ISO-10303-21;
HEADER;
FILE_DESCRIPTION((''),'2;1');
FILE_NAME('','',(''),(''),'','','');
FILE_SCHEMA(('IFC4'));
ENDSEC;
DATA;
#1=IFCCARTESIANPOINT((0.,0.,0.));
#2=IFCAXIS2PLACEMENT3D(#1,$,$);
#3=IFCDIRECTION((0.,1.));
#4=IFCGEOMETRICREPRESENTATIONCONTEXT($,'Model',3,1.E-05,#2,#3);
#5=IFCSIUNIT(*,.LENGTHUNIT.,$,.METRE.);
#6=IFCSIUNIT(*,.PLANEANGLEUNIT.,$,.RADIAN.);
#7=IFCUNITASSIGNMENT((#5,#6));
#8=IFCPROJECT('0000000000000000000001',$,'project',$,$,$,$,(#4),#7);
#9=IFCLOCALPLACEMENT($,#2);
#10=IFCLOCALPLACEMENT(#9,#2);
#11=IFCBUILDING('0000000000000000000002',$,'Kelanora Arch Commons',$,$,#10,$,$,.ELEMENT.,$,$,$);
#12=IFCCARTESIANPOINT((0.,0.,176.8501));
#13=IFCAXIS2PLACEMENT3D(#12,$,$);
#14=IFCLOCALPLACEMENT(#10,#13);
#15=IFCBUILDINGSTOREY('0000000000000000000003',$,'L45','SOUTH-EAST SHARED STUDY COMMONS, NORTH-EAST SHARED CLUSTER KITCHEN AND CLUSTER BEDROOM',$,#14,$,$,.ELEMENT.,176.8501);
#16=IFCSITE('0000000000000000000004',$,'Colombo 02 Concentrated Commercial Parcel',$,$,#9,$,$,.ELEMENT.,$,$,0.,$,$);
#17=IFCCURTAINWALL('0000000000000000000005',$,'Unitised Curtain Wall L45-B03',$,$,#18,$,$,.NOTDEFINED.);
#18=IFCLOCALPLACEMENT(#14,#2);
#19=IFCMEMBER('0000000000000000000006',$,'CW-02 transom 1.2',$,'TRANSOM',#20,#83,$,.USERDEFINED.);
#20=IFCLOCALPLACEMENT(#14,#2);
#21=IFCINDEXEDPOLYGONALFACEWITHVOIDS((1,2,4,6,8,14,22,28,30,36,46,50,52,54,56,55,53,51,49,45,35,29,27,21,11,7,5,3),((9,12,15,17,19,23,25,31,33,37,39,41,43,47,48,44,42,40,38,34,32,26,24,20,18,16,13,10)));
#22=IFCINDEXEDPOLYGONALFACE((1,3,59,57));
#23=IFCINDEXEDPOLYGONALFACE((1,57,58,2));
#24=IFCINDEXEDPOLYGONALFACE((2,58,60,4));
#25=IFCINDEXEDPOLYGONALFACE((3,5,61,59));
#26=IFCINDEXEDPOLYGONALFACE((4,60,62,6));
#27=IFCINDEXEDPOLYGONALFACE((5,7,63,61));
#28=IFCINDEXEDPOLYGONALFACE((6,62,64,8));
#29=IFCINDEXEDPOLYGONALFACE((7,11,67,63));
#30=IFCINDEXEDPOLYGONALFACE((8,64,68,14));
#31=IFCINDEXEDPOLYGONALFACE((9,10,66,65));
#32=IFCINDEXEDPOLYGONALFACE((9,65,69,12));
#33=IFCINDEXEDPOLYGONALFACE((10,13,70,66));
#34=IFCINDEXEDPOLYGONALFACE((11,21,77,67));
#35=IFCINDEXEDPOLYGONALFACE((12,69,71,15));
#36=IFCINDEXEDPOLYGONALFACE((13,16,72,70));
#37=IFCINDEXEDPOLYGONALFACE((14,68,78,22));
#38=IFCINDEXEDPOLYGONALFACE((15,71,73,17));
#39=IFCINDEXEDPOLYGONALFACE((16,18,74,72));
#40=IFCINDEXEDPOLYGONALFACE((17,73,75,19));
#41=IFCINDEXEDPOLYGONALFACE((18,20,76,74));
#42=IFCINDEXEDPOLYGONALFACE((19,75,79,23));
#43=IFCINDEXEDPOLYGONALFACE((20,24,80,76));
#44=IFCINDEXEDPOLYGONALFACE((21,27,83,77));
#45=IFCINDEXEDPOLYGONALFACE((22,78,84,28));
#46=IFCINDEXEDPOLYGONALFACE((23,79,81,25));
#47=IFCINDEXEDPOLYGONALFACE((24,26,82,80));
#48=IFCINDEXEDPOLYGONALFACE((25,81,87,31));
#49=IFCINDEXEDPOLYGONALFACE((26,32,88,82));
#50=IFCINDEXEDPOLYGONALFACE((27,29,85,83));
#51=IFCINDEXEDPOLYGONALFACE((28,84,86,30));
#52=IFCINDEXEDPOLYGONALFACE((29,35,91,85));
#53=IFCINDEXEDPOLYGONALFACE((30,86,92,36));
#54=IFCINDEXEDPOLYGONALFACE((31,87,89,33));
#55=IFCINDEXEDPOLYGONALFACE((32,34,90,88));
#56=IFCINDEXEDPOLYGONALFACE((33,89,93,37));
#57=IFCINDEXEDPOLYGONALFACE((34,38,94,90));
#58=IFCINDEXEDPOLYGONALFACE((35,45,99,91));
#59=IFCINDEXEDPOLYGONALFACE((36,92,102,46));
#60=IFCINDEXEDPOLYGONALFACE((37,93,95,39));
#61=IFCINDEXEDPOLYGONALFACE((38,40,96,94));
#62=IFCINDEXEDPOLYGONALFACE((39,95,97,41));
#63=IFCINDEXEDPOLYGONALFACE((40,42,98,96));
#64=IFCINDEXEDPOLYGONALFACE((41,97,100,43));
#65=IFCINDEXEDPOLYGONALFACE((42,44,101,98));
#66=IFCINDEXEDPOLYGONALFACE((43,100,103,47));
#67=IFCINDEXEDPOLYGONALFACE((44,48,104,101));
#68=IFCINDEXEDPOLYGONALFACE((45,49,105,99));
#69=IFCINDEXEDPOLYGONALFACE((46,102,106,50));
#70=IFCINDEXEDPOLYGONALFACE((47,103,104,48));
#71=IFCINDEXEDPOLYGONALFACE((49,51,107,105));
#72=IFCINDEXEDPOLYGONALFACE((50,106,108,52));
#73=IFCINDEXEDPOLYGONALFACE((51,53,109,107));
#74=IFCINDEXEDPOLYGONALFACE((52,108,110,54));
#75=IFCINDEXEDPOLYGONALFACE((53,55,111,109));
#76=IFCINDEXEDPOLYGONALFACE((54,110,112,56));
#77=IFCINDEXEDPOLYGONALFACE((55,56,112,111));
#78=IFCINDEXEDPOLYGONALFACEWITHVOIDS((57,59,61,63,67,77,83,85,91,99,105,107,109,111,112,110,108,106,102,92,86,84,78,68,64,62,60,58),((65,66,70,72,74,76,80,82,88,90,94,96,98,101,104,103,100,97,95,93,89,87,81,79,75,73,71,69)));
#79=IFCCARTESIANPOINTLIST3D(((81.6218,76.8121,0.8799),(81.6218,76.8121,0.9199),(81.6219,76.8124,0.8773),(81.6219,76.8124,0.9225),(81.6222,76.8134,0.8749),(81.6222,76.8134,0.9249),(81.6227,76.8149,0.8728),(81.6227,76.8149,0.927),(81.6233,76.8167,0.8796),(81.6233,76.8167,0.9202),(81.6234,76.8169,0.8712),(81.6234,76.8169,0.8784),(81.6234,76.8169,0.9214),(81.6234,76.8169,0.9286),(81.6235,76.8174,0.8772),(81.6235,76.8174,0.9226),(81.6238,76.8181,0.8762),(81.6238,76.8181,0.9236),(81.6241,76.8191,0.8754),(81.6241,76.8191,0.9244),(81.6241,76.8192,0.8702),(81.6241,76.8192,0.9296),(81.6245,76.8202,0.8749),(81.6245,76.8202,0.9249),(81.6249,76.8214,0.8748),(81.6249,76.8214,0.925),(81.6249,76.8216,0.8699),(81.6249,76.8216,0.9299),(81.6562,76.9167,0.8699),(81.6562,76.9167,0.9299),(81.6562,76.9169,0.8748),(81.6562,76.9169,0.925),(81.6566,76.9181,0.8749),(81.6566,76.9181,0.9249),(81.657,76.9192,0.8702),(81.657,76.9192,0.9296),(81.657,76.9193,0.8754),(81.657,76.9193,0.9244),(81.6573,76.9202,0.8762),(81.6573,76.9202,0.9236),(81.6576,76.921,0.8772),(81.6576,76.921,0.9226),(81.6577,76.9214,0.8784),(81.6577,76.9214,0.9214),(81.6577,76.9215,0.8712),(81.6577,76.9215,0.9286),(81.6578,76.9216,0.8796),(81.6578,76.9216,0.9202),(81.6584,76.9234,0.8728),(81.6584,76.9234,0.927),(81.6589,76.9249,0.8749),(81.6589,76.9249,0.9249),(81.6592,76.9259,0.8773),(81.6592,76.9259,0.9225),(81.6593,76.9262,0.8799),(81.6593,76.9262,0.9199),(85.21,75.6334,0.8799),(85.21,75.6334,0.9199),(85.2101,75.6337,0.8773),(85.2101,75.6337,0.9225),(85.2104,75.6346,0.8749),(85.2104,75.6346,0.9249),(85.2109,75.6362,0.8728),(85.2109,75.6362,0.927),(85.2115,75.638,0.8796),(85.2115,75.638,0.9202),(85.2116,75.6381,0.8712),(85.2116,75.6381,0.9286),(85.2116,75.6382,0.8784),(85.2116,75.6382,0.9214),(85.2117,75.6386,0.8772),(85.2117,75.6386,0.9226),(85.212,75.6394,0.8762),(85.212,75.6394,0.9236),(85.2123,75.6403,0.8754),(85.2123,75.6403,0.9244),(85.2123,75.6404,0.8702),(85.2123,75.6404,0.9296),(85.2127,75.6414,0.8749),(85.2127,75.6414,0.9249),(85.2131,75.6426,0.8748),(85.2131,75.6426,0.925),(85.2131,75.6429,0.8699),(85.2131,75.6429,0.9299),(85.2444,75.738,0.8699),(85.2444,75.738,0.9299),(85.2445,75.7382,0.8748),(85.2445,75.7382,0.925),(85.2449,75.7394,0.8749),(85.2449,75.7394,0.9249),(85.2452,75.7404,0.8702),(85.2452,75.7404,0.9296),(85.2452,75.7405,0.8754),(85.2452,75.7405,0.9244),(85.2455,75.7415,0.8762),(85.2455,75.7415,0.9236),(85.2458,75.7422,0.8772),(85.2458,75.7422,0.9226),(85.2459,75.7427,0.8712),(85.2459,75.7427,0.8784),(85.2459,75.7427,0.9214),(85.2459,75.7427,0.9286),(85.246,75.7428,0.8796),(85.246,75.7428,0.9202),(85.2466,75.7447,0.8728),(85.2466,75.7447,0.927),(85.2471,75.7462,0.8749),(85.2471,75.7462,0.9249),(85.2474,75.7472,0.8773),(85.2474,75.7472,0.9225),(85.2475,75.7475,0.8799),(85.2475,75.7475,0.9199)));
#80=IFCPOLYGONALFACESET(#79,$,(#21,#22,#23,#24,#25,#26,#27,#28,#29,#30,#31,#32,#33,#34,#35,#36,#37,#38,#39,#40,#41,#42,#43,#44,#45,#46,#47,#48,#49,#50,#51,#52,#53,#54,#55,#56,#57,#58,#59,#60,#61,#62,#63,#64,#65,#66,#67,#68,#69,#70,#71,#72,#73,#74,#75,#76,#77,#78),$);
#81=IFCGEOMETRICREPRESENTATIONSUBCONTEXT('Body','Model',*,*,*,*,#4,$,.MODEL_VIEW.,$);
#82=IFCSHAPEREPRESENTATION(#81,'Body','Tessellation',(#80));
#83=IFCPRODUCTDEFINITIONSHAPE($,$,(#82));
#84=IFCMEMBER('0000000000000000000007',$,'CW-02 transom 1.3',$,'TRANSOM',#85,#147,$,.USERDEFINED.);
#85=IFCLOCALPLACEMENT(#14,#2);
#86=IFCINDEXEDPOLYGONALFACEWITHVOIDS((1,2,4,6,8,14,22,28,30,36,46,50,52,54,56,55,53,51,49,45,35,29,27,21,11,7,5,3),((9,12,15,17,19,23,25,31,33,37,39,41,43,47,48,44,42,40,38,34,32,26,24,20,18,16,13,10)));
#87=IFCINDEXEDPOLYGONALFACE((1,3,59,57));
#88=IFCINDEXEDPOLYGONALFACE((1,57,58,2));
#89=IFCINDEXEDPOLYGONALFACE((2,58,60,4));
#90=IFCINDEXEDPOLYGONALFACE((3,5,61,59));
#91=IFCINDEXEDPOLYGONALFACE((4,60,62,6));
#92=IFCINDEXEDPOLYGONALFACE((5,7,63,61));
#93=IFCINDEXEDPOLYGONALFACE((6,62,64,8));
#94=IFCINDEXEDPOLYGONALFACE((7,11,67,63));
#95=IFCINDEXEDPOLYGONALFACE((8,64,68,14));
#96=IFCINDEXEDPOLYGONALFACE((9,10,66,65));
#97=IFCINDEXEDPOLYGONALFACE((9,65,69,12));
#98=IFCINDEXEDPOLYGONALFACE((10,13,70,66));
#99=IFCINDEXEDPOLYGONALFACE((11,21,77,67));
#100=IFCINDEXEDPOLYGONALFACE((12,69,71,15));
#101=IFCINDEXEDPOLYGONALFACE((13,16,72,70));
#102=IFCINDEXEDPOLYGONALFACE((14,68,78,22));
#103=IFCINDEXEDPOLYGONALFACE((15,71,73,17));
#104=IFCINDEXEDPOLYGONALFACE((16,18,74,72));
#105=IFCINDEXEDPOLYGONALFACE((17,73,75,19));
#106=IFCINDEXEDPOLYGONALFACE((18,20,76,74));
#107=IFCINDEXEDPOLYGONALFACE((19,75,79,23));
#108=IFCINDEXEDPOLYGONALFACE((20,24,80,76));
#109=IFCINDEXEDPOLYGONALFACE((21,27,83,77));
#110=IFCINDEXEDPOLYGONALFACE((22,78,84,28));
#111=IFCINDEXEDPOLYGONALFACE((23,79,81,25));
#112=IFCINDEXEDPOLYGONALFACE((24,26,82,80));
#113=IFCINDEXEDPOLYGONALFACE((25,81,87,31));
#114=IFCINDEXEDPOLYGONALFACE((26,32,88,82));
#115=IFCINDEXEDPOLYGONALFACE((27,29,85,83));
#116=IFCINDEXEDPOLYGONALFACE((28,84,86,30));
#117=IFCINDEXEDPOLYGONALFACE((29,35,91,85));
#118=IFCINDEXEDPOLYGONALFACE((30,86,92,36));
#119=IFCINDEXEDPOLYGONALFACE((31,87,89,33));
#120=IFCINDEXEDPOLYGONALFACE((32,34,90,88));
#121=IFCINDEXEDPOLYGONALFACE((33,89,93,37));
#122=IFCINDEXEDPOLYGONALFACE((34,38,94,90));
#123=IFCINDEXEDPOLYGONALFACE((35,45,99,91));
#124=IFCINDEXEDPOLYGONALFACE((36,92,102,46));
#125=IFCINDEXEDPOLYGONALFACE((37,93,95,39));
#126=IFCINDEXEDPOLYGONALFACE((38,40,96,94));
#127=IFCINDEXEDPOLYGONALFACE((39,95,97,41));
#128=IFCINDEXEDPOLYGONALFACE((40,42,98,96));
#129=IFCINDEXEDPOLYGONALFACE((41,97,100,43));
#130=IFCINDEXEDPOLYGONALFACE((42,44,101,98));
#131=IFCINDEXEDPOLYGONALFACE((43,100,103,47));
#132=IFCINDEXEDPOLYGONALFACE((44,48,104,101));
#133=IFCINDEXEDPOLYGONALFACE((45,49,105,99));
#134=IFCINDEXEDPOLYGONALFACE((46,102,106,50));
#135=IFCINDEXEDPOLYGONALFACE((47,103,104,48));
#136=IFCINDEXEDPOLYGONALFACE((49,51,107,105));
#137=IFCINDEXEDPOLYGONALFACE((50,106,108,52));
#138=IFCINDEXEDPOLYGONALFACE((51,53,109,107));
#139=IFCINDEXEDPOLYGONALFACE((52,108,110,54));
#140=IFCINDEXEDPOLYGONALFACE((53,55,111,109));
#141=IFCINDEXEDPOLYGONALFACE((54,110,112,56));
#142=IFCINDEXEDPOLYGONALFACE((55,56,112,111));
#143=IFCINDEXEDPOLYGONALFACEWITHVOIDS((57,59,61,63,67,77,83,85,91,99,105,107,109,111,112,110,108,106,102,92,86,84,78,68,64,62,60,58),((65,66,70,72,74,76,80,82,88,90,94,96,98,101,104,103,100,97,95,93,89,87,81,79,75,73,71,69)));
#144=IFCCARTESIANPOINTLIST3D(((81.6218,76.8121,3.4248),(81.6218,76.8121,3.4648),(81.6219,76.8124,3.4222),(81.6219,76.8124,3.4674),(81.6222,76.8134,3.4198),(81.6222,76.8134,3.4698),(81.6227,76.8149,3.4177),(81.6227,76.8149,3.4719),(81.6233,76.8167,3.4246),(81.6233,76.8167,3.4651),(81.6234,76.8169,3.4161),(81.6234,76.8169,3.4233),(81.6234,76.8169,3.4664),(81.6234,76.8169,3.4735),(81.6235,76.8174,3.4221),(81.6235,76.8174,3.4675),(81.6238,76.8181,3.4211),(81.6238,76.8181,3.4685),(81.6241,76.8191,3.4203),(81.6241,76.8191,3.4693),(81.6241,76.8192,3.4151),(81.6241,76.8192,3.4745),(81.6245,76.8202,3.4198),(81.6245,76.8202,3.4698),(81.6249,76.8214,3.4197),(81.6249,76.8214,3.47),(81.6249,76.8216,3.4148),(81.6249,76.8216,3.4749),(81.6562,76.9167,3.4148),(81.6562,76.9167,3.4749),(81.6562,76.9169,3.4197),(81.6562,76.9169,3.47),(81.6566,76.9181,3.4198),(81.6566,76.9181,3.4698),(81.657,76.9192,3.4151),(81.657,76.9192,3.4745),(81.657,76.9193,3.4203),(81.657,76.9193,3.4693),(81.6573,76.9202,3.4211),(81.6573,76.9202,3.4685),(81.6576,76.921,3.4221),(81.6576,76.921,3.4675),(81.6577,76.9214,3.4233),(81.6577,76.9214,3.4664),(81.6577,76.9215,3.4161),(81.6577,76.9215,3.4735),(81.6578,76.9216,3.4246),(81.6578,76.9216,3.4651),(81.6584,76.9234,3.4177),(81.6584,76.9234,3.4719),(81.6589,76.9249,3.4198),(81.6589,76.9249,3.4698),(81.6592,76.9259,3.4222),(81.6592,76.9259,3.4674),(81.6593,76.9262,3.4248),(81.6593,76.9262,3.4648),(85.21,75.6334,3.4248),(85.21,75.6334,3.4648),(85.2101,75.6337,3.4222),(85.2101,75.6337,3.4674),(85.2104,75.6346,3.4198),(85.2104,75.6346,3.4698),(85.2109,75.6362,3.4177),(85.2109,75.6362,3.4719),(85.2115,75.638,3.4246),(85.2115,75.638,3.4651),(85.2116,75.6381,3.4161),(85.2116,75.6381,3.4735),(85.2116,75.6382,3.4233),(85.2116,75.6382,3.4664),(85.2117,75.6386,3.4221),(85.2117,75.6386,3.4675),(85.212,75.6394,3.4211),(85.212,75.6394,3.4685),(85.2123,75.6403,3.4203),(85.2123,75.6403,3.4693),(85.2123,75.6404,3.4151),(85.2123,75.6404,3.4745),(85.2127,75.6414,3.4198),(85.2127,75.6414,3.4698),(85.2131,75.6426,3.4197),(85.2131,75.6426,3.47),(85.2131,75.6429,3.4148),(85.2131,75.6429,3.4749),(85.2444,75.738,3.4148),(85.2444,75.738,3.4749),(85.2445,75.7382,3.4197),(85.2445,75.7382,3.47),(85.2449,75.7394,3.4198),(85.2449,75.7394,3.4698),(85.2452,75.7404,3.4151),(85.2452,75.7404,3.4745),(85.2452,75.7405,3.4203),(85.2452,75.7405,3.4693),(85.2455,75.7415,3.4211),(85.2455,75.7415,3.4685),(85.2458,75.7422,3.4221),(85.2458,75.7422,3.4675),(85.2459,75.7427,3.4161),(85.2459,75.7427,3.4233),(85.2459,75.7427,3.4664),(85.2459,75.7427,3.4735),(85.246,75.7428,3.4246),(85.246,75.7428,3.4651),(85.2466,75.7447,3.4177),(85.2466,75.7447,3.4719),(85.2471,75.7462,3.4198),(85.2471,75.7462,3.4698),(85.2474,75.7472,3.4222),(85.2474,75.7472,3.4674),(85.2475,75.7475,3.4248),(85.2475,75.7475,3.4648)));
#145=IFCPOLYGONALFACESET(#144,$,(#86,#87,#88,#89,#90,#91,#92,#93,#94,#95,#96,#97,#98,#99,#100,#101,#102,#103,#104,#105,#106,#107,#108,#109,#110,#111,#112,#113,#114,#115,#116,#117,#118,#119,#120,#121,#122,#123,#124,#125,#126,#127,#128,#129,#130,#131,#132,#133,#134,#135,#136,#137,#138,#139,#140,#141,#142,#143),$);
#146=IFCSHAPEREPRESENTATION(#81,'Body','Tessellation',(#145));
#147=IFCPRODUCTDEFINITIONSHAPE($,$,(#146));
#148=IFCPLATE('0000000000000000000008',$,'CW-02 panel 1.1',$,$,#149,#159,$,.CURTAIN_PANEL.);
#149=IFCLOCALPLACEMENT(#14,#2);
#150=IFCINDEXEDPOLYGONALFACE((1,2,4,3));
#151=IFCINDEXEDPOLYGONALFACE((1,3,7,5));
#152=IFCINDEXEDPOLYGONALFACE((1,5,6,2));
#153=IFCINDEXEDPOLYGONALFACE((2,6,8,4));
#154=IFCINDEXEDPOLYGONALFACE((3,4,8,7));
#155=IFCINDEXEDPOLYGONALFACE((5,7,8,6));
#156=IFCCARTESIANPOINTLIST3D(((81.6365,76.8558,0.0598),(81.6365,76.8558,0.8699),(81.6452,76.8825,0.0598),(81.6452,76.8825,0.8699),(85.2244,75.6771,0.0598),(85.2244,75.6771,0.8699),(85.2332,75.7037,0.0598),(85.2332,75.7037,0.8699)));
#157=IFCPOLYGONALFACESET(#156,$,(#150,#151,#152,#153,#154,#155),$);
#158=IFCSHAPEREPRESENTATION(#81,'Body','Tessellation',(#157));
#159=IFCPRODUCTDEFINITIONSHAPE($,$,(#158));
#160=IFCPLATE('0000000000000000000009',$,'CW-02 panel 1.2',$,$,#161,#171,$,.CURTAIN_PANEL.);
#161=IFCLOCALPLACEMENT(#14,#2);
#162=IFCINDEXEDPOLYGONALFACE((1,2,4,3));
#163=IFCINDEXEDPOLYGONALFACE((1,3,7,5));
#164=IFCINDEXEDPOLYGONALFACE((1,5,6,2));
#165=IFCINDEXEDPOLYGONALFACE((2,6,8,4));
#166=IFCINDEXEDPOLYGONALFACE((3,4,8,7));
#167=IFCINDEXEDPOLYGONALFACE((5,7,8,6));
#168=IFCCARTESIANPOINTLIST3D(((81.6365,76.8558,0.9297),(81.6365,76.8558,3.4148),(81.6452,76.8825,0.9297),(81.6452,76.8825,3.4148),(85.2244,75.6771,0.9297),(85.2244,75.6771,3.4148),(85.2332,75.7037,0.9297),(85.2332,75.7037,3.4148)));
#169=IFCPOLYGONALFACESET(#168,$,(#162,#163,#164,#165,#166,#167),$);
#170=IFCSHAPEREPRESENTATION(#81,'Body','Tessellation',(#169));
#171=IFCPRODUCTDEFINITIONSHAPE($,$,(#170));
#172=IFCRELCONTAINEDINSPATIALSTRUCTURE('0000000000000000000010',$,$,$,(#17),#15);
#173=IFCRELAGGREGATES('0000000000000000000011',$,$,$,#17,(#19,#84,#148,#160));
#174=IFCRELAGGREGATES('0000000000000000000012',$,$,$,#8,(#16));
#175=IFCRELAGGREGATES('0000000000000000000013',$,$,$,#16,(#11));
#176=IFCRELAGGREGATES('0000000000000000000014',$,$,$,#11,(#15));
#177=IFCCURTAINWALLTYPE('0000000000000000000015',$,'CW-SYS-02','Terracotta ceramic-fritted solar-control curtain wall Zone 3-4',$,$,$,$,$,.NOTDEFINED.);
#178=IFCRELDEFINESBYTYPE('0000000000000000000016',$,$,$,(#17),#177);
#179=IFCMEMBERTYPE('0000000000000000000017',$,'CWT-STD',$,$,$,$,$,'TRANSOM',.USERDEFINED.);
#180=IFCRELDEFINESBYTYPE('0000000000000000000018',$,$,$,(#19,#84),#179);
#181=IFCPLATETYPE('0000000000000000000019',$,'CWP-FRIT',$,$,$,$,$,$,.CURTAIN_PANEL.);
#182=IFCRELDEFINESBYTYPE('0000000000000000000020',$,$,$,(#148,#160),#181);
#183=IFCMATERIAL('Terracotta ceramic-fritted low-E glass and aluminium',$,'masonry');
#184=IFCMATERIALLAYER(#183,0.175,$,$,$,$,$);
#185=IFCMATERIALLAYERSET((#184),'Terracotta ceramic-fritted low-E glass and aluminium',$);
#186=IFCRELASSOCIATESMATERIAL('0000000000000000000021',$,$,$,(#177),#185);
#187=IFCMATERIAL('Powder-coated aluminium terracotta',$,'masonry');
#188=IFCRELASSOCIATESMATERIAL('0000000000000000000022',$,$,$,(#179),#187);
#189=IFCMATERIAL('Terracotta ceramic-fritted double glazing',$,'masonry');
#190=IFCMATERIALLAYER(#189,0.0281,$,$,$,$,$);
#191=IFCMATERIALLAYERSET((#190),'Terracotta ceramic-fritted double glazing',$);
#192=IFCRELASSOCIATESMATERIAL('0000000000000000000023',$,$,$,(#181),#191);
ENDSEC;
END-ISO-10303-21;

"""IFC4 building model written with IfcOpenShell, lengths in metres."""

from ifc_helpers import new_model, si_unit, direction, frame, origin, origin_2d, place, context, subcontext, project, spatial, rectangle, hollow_rectangle, extrude, source, transform, mapped, material, layer, layer_set, material_profile, profile_set, type_object, element, aggregate, save


model = new_model("IFC4")

# Units and contexts
model_context = context("Model", 3, precision=1e-05, world=origin(), true_north=direction((0.0, 1.0)))
body_context = subcontext(model_context, "Body", "Model", "MODEL_VIEW")
ifc_project = project(units=[si_unit("LENGTHUNIT", "METRE"), si_unit("PLANEANGLEUNIT", "RADIAN")], contexts=[model_context])

# Site, building, storey
site_placement = place(None, origin())
site = spatial("IfcSite", under=ifc_project, at=site_placement, Name="Colombo 02 Concentrated Commercial Parcel", CompositionType="ELEMENT", RefElevation=0.0)
building_placement = place(site_placement, origin())
building = spatial("IfcBuilding", under=site, at=building_placement, Name="Kelanora Arch Commons", CompositionType="ELEMENT")
storey_placement = place(building_placement, frame((0.0, 0.0, 176.8501)))
storey = spatial("IfcBuildingStorey", under=building, at=storey_placement, Name="L45", Description="SOUTH-EAST SHARED STUDY COMMONS, NORTH-EAST SHARED CLUSTER KITCHEN AND CLUSTER BEDROOM", CompositionType="ELEMENT", Elevation=176.8501)

# Curtain wall, members, plates
ifc_material_1 = material(Name="Terracotta ceramic-fritted low-E glass and aluminium", Category="masonry")
ifc_layer_1 = layer(ifc_material_1, 0.175)
ifc_layer_set_1 = layer_set([ifc_layer_1], Name="Terracotta ceramic-fritted low-E glass and aluminium")
curtain_wall_type = type_object("IfcCurtainWallType", Name="CW-SYS-02", Description="Terracotta ceramic-fritted solar-control curtain wall Zone 3-4", PredefinedType="NOTDEFINED", material=ifc_layer_set_1)
curtain_wall_placement = place(storey_placement, origin())
curtain_wall = element("IfcCurtainWall", 1, at=curtain_wall_placement, inside=storey, type_object=curtain_wall_type, Name="Unitised Curtain Wall L45-B03", PredefinedType="NOTDEFINED")
ifc_material_2 = material(Name="Powder-coated aluminium terracotta", Category="masonry")
ifc_material_profile_1 = material_profile(ifc_material_2, hollow_rectangle(XDim=0.1201, YDim=0.0601, WallThickness=0.0049, InnerFilletRadius=0.0049, OuterFilletRadius=0.01, at=origin_2d()), Name="CWT120x60")
ifc_profile_set_1 = profile_set([ifc_material_profile_1], Name="Powder-coated aluminium terracotta")
member_type_1 = type_object("IfcMemberType", Name="CWT-STD", ElementType="TRANSOM", PredefinedType="USERDEFINED", material=ifc_profile_set_1)
member_1_placement = place(storey_placement, frame((85.2288, 75.6904, 0.8999), z_axis=(-0.950051, 0.312094, 0.0), x_axis=(-0.312094, -0.950051, 0.0)))
member_1 = element("IfcMember", 2, at=member_1_placement, type_object=member_type_1, Name="CW-02 transom 1.2", ObjectType="TRANSOM", PredefinedType="USERDEFINED", context=body_context, shape_type="SweptSolid", body=[
    extrude(hollow_rectangle(XDim=0.1201, YDim=0.0601, WallThickness=0.0049, InnerFilletRadius=0.0049, OuterFilletRadius=0.01, at=origin_2d()), origin(), (0.0, 0.0, 1.0), 3.7769),
])
member_2_placement = place(storey_placement, frame((85.2288, 75.6904, 3.4448), z_axis=(-0.950051, 0.312094, 0.0), x_axis=(-0.312094, -0.950051, 0.0)))
member_2 = element("IfcMember", 3, at=member_2_placement, type_object=member_type_1, Name="CW-02 transom 1.3", ObjectType="TRANSOM", PredefinedType="USERDEFINED", context=body_context, shape_type="SweptSolid", body=[
    extrude(hollow_rectangle(XDim=0.1201, YDim=0.0601, WallThickness=0.0049, InnerFilletRadius=0.0049, OuterFilletRadius=0.01, at=origin_2d()), origin(), (0.0, 0.0, 1.0), 3.7769),
])
ifc_material_3 = material(Name="Terracotta ceramic-fritted double glazing", Category="masonry")
ifc_layer_2 = layer(ifc_material_3, 0.0281)
ifc_layer_set_2 = layer_set([ifc_layer_2], Name="Terracotta ceramic-fritted double glazing")
plate_type = type_object("IfcPlateType", Name="CWP-FRIT", PredefinedType="CURTAIN_PANEL", material=ifc_layer_set_2)
shared_shape_1 = source(origin(), body_context, "Body", "SweptSolid", [
    extrude(rectangle(XDim=3.7766, YDim=0.0281, at=origin_2d()), origin(), (0.0, 0.0, 1.0), 0.8101),
])
plate_1_placement = place(storey_placement, frame((83.4348, 76.2798, 0.0598), z_axis=(0.0, 0.0, 1.0), x_axis=(-0.95004, 0.312128, 0.0)))
plate_1 = element("IfcPlate", 4, at=plate_1_placement, type_object=plate_type, Name="CW-02 panel 1.1", PredefinedType="CURTAIN_PANEL", context=body_context, shape_type="MappedRepresentation", body=[
    mapped(shared_shape_1, transform((0.0, 0.0, 0.0), scale=1.0)),
])
shared_shape_2 = source(origin(), body_context, "Body", "SweptSolid", [
    extrude(rectangle(XDim=3.7766, YDim=0.0281, at=origin_2d()), origin(), (0.0, 0.0, 1.0), 2.4851),
])
plate_2_placement = place(storey_placement, frame((83.4348, 76.2798, 0.9297), z_axis=(0.0, 0.0, 1.0), x_axis=(-0.95004, 0.312128, 0.0)))
plate_2 = element("IfcPlate", 5, at=plate_2_placement, type_object=plate_type, Name="CW-02 panel 1.2", PredefinedType="CURTAIN_PANEL", context=body_context, shape_type="MappedRepresentation", body=[
    mapped(shared_shape_2, transform((0.0, 0.0, 0.0), scale=1.0)),
])
aggregate(curtain_wall, [member_1, member_2, plate_1, plate_2])

save(model, "model.ifc")
